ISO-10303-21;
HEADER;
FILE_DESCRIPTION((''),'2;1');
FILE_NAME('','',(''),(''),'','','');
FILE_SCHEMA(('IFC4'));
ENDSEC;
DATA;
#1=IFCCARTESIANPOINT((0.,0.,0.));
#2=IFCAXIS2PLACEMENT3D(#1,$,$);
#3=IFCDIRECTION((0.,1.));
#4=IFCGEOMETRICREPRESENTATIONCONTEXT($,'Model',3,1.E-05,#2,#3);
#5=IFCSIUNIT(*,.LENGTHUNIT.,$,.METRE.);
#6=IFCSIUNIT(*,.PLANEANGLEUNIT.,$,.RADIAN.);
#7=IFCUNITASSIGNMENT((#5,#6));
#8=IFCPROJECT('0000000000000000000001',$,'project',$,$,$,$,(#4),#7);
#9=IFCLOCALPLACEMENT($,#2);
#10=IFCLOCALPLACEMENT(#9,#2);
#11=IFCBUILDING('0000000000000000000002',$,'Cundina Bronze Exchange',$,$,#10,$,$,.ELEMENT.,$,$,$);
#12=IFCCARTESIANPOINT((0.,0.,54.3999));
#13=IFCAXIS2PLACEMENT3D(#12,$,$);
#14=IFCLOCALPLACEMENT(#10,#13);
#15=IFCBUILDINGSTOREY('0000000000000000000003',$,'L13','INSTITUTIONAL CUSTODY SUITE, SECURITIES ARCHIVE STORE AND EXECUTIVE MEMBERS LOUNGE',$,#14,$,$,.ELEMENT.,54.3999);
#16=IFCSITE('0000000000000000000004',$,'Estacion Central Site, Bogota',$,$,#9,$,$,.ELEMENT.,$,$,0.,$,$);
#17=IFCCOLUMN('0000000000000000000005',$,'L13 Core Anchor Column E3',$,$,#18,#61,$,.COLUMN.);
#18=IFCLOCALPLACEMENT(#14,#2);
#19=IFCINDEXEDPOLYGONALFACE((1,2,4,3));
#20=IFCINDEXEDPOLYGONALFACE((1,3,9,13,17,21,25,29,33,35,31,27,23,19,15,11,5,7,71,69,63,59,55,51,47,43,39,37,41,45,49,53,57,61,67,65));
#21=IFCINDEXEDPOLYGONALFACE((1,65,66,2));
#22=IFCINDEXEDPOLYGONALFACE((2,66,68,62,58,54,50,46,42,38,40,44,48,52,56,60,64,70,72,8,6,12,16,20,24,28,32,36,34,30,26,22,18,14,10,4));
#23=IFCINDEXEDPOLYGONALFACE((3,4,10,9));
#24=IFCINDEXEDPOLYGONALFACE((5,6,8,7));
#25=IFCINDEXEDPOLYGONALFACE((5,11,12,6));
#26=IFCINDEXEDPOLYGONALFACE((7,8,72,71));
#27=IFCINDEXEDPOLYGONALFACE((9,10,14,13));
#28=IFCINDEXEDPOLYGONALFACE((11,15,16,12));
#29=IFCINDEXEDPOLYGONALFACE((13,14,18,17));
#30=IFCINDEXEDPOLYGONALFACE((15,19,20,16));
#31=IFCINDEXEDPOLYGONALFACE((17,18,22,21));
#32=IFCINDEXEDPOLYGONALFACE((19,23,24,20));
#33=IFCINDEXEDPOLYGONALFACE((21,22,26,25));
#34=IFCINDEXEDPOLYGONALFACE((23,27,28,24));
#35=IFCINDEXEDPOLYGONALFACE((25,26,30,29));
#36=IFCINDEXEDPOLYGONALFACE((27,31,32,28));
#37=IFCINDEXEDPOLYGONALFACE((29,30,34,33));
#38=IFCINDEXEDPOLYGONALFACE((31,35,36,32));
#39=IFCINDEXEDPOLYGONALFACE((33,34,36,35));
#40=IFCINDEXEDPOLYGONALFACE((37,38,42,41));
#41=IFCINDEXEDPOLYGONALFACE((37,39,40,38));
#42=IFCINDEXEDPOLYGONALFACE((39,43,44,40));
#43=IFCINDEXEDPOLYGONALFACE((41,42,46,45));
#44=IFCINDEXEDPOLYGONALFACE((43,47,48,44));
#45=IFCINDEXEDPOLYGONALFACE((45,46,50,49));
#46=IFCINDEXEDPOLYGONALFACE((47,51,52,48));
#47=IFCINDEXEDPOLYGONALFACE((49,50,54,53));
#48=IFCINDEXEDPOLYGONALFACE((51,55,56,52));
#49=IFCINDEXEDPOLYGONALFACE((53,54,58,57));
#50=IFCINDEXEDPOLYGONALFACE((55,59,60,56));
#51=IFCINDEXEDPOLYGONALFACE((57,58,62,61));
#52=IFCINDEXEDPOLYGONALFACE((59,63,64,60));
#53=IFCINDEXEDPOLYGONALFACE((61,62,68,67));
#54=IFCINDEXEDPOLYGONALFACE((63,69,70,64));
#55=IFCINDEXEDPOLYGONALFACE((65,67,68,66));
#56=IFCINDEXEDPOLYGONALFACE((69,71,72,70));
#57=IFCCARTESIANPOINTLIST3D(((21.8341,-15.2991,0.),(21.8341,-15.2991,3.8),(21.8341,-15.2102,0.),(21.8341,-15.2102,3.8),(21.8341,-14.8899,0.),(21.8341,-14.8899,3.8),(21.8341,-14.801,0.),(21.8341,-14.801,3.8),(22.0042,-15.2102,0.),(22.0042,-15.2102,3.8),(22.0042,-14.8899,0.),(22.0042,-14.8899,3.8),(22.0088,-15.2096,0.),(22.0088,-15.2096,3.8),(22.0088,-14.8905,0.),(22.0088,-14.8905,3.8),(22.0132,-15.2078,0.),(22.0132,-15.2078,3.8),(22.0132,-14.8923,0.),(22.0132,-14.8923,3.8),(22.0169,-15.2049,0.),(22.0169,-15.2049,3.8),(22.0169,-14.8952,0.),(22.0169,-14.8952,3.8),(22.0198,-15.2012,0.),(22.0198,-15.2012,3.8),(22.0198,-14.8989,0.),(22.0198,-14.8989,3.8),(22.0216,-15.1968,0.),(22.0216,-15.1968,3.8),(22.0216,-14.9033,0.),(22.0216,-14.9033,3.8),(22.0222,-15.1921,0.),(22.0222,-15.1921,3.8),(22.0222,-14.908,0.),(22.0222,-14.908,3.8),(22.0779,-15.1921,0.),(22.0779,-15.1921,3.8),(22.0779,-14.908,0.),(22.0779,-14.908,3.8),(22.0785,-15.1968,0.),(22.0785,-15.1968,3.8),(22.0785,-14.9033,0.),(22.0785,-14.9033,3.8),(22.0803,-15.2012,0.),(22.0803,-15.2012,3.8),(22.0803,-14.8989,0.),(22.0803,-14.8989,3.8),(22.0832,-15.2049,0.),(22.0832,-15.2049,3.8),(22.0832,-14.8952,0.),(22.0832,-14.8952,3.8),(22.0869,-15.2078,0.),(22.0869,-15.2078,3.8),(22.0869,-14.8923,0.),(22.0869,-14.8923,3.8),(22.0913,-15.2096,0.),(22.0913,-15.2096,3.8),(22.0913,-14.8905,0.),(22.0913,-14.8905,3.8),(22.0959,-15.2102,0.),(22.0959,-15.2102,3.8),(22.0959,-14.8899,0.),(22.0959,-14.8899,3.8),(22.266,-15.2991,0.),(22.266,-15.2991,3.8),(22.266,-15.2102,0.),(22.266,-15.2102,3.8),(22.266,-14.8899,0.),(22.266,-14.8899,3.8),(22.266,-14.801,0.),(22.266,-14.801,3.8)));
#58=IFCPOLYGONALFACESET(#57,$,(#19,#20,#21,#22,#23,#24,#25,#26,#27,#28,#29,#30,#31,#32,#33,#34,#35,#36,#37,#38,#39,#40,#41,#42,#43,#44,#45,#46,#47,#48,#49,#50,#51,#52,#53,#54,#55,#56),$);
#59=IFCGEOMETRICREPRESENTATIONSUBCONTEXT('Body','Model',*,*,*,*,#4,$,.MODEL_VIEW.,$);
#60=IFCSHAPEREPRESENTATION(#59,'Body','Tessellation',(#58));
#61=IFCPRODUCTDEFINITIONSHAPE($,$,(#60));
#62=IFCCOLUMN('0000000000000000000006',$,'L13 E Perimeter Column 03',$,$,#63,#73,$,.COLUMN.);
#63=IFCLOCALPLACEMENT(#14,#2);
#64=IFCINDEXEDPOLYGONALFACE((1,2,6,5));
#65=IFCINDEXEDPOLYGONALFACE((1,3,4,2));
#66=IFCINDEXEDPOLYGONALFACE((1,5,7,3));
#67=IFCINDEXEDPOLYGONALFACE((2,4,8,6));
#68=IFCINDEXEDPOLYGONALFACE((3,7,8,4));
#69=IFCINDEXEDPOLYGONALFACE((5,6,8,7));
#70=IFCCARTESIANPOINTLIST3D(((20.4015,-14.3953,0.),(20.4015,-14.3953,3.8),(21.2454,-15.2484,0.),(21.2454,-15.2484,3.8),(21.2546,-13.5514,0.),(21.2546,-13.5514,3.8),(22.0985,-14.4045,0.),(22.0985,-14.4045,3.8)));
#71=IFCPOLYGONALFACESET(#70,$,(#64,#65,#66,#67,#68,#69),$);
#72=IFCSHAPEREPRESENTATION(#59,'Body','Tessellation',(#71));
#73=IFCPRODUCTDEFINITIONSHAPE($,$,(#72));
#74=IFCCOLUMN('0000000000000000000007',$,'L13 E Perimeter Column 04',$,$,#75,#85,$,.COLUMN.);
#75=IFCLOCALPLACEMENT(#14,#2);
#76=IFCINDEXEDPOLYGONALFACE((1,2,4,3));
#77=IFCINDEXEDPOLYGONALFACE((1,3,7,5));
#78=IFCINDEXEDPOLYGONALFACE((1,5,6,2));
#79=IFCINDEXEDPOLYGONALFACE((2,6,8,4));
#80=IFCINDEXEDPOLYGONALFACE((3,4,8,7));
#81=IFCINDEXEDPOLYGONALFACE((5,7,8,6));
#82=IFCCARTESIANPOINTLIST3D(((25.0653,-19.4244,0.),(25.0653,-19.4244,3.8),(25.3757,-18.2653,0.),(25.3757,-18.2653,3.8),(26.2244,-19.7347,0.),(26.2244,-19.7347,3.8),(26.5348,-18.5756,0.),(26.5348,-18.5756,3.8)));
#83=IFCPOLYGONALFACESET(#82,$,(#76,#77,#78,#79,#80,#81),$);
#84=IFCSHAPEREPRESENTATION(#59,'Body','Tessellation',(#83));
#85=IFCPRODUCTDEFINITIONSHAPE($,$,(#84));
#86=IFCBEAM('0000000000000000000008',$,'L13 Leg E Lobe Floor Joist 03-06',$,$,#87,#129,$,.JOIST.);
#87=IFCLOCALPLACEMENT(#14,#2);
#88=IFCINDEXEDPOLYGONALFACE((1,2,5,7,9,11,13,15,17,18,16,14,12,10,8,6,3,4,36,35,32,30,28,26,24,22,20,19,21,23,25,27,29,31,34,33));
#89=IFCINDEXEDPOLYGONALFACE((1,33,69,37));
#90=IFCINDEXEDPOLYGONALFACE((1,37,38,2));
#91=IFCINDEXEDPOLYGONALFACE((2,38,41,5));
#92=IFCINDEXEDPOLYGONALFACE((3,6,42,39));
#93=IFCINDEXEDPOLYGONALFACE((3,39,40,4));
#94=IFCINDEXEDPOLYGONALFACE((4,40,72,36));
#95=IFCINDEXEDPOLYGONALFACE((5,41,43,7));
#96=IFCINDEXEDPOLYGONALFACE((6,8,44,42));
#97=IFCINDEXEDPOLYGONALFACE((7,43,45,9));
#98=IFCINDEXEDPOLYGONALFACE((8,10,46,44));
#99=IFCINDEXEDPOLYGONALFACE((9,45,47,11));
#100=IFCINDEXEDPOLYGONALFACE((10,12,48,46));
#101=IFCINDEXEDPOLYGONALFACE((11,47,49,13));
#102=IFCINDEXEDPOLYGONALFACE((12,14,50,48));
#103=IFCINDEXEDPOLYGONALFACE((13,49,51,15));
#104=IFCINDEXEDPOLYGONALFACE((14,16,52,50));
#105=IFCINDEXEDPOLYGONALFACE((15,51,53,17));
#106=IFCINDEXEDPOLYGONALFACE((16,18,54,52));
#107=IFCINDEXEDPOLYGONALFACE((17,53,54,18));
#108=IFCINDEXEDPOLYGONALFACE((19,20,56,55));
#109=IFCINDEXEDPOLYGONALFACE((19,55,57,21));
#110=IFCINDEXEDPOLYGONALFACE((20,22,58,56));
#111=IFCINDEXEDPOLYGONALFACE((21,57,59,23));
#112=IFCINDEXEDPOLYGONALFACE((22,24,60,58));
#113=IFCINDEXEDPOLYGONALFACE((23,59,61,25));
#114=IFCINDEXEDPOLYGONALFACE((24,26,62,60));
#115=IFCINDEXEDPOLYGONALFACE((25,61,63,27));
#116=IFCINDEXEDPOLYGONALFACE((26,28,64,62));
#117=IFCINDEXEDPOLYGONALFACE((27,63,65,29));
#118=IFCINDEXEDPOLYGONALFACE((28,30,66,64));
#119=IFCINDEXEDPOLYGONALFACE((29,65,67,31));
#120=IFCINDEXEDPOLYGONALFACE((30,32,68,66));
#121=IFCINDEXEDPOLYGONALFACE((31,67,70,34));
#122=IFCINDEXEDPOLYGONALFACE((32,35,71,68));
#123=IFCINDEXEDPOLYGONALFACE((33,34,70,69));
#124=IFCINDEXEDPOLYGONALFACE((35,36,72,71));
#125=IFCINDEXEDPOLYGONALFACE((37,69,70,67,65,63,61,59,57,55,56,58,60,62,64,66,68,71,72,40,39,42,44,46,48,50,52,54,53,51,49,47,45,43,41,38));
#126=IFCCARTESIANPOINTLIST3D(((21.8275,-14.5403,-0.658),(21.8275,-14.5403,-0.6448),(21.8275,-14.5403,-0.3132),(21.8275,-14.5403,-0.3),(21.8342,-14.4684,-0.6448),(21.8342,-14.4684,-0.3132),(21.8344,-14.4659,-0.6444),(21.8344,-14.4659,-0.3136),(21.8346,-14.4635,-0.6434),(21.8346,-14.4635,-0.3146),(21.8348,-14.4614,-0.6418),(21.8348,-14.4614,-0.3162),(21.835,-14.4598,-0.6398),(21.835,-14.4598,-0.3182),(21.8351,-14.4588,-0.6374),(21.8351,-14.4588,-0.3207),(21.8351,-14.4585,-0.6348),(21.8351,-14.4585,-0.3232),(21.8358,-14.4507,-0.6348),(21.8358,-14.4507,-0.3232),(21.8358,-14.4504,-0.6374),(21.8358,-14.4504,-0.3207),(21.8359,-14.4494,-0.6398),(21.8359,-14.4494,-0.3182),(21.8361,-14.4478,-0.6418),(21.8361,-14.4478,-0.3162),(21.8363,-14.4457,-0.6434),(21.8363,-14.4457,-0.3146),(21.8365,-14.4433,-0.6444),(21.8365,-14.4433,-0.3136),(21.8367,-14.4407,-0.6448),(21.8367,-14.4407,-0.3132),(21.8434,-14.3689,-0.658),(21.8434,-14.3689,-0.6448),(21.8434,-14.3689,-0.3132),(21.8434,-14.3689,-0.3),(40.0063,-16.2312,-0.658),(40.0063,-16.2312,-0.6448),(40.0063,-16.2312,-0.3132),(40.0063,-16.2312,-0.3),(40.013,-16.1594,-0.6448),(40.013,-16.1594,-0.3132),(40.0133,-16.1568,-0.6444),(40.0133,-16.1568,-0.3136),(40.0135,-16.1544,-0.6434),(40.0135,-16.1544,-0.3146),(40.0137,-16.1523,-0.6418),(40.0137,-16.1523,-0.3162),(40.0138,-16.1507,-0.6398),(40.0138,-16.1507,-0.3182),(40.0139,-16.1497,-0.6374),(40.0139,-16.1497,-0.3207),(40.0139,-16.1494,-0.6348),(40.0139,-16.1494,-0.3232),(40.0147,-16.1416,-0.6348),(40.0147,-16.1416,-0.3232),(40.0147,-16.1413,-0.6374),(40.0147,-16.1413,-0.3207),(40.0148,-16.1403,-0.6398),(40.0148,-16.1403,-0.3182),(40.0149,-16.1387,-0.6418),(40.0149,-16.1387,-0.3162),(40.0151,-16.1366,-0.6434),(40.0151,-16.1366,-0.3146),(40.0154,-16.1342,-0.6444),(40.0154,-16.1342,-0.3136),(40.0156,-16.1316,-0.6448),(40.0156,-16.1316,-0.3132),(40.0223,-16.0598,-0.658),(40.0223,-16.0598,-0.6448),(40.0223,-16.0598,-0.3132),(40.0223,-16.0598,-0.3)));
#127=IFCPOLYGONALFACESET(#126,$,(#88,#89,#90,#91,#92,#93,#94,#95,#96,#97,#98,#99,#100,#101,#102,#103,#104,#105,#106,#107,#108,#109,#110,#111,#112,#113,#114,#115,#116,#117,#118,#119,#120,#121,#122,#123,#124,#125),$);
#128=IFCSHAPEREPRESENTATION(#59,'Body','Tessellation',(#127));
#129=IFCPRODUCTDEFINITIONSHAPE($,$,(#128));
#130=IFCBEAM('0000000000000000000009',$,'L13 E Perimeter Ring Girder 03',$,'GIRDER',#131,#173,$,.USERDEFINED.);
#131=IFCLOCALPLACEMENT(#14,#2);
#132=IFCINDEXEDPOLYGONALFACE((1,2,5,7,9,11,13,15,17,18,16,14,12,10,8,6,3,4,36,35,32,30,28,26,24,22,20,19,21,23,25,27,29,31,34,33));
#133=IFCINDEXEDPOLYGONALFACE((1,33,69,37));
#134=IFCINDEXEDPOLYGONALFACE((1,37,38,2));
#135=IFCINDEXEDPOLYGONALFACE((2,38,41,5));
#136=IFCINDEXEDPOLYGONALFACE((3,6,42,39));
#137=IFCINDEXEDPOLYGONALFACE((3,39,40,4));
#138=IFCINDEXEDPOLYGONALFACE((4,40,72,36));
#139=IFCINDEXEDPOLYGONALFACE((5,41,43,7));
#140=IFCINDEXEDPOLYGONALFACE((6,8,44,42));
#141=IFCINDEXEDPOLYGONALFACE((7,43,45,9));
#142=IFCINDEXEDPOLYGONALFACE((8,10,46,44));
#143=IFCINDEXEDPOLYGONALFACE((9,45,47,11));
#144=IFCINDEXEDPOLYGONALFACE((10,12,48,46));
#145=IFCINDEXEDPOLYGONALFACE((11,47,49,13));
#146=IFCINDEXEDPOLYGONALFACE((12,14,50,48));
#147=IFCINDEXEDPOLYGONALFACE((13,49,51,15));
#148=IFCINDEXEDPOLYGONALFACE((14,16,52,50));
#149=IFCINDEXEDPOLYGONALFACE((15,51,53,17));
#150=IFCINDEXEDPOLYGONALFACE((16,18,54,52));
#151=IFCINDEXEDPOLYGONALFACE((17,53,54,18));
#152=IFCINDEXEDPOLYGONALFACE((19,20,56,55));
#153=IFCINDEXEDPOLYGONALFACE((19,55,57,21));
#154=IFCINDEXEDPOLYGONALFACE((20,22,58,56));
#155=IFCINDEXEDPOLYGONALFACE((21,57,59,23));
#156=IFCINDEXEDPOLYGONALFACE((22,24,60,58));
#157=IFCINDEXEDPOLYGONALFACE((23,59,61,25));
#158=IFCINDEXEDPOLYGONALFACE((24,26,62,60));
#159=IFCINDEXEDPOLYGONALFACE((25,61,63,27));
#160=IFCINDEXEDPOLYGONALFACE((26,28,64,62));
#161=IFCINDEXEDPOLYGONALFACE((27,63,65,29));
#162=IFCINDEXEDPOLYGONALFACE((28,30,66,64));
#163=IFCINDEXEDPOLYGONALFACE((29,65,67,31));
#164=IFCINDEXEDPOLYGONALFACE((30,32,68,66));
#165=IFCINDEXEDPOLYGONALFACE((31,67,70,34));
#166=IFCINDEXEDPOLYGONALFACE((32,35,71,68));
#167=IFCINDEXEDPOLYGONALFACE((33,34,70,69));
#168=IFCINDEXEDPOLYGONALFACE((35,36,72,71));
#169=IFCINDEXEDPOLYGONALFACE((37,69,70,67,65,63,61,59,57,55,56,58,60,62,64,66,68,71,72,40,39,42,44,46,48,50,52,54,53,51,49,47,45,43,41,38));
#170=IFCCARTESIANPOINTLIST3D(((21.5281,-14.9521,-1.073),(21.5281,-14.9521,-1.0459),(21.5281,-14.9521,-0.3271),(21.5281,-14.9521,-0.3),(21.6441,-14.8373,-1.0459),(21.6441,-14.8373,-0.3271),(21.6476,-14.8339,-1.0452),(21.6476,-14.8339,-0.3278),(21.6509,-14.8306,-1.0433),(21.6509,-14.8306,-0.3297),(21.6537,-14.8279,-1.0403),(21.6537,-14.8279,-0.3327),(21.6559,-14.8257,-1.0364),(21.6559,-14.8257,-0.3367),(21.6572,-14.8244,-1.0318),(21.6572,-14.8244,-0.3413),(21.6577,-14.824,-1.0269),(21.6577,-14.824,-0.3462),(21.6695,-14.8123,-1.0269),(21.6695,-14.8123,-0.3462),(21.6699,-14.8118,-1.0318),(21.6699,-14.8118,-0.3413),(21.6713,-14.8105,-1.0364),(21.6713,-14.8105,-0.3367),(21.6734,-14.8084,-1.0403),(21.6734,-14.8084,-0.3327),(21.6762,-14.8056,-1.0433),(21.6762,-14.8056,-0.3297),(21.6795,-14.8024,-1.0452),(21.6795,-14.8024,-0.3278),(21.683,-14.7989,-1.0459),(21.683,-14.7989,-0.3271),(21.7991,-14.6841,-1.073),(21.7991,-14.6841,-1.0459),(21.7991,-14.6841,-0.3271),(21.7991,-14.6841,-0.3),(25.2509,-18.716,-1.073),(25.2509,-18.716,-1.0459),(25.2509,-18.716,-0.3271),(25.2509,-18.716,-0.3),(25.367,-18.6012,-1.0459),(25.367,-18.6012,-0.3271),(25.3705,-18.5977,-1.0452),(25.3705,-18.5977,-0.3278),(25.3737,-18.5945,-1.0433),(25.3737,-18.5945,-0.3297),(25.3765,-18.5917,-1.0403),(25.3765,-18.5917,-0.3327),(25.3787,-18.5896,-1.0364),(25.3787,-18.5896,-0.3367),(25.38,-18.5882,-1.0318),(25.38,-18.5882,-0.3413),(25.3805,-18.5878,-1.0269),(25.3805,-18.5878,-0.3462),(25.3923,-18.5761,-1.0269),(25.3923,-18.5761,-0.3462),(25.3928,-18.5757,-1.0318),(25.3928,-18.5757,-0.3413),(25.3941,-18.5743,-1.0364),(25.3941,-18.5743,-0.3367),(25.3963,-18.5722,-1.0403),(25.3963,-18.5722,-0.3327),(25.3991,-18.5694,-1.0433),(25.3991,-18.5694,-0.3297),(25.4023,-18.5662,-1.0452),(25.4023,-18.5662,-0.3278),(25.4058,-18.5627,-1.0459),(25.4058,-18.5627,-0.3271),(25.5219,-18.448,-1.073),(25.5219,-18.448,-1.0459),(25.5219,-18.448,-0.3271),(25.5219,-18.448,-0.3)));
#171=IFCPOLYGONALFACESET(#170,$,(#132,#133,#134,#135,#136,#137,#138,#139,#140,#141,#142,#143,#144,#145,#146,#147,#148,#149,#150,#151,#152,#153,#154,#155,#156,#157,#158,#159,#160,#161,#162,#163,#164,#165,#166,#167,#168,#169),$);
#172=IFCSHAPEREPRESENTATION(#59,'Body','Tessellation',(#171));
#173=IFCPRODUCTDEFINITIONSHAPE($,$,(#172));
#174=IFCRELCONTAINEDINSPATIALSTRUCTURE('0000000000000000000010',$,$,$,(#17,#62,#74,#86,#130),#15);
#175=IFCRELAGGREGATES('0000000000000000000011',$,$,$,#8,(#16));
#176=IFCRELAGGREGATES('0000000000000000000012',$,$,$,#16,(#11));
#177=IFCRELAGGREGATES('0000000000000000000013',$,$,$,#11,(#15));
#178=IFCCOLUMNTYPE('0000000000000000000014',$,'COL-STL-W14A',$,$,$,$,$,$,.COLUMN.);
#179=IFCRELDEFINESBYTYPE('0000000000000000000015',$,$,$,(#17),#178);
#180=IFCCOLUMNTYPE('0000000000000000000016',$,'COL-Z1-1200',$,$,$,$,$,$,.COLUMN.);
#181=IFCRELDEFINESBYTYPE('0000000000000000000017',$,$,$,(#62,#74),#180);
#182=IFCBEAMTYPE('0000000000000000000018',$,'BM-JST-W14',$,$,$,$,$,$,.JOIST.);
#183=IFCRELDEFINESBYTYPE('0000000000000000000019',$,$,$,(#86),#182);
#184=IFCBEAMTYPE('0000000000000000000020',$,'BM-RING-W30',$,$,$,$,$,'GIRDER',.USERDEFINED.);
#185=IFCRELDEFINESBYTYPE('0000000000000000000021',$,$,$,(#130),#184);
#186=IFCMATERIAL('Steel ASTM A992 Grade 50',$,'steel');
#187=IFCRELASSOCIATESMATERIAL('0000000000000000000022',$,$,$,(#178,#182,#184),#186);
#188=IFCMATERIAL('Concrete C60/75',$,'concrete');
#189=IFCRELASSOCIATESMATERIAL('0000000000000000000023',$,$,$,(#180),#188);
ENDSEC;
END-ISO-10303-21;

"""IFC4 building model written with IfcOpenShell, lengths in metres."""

from ifc_helpers import new_model, si_unit, direction, frame, origin, origin_2d, place, context, subcontext, project, spatial, rectangle, i_section, extrude, material, material_profile, profile_set, type_object, element, save


model = new_model("IFC4")

# Units and contexts
model_context = context("Model", 3, precision=1e-05, world=origin(), true_north=direction((0.0, 1.0)))
body_context = subcontext(model_context, "Body", "Model", "MODEL_VIEW")
ifc_project = project(units=[si_unit("LENGTHUNIT", "METRE"), si_unit("PLANEANGLEUNIT", "RADIAN")], contexts=[model_context])

# Site, building, storey
site_placement = place(None, origin())
site = spatial("IfcSite", under=ifc_project, at=site_placement, Name="Estacion Central Site, Bogota", CompositionType="ELEMENT", RefElevation=0.0)
building_placement = place(site_placement, origin())
building = spatial("IfcBuilding", under=site, at=building_placement, Name="Cundina Bronze Exchange", CompositionType="ELEMENT")
storey_placement = place(building_placement, frame((0.0, 0.0, 54.3999)))
storey = spatial("IfcBuildingStorey", under=building, at=storey_placement, Name="L13", Description="INSTITUTIONAL CUSTODY SUITE, SECURITIES ARCHIVE STORE AND EXECUTIVE MEMBERS LOUNGE", CompositionType="ELEMENT", Elevation=54.3999)

# Columns
ifc_material_1 = material(Name="Steel ASTM A992 Grade 50", Category="steel")
ifc_material_profile_1 = material_profile(ifc_material_1, i_section(OverallWidth=0.4319, OverallDepth=0.498, WebThickness=0.0557, FlangeThickness=0.0889, FilletRadius=0.0181, at=origin_2d()), Name="W14X500", Category="steel")
ifc_profile_set_1 = profile_set([ifc_material_profile_1], Name="Steel ASTM A992 Grade 50")
column_type_1 = type_object("IfcColumnType", Name="COL-STL-W14A", PredefinedType="COLUMN", material=ifc_profile_set_1)
column_placement = place(storey_placement, frame((22.05, -15.05, 0.0), z_axis=(0.0, 0.0, 1.0), x_axis=(1.0, 0.0, 0.0)))
element("IfcColumn", 1, at=column_placement, inside=storey, type_object=column_type_1, Name="L13 Core Anchor Column E3", PredefinedType="COLUMN", context=body_context, shape_type="SweptSolid", body=[
    extrude(i_section(OverallWidth=0.4319, OverallDepth=0.498, WebThickness=0.0557, FlangeThickness=0.0889, FilletRadius=0.0181, at=origin_2d()), origin(), (0.0, 0.0, 1.0), 3.8),
])
ifc_material_2 = material(Name="Concrete C60/75", Category="concrete")
ifc_material_profile_2 = material_profile(ifc_material_2, rectangle(XDim=1.2, YDim=1.2, at=origin_2d()), Name="RC1200X1200", Category="concrete")
ifc_profile_set_2 = profile_set([ifc_material_profile_2], Name="Concrete C60/75")
column_type_2 = type_object("IfcColumnType", Name="COL-Z1-1200", PredefinedType="COLUMN", material=ifc_profile_set_2)
for number, where, z_axis, x_axis, name in (
    (2, (21.25, -14.3999, 0.0), (0.0, 0.0, 1.0), (0.703271, -0.710922, 0.0), "L13 E Perimeter Column 03"),
    (3, (25.8, -19.0, 0.0), (0.0, 0.0, 1.0), (0.965971, -0.25865, 0.0), "L13 E Perimeter Column 04"),
):
    element("IfcColumn", number, at=place(storey_placement, frame(where, z_axis=z_axis, x_axis=x_axis)), inside=storey, type_object=column_type_2, Name=name, PredefinedType="COLUMN", context=body_context, shape_type="SweptSolid", body=[
        extrude(rectangle(XDim=1.2, YDim=1.2, at=origin_2d()), origin(), (0.0, 0.0, 1.0), 3.8),
    ])

# Beams
ifc_material_profile_3 = material_profile(ifc_material_1, i_section(OverallWidth=0.1721, OverallDepth=0.3579, WebThickness=0.0078, FlangeThickness=0.0132, FilletRadius=0.01, at=origin_2d()), Name="W14X38", Category="steel")
ifc_profile_set_3 = profile_set([ifc_material_profile_3], Name="Steel ASTM A992 Grade 50")
beam_type_1 = type_object("IfcBeamType", Name="BM-JST-W14", PredefinedType="JOIST", material=ifc_profile_set_3)
beam_1_placement = place(storey_placement, frame((21.8354, -14.4546, -0.479), z_axis=(0.995702, -0.092615, 0.0), x_axis=(0.092615, 0.995702, 0.0)))
element("IfcBeam", 4, at=beam_1_placement, inside=storey, type_object=beam_type_1, Name="L13 Leg E Lobe Floor Joist 03-06", PredefinedType="JOIST", context=body_context, shape_type="SweptSolid", body=[
    extrude(i_section(OverallWidth=0.1721, OverallDepth=0.3579, WebThickness=0.0078, FlangeThickness=0.0132, FilletRadius=0.01, at=origin_2d()), origin(), (0.0, 0.0, 1.0), 18.2573),
])
ifc_material_profile_4 = material_profile(ifc_material_1, i_section(OverallWidth=0.3811, OverallDepth=0.7729, WebThickness=0.0166, FlangeThickness=0.0271, FilletRadius=0.019, at=origin_2d()), Name="W30X173", Category="steel")
ifc_profile_set_4 = profile_set([ifc_material_profile_4], Name="Steel ASTM A992 Grade 50")
beam_type_2 = type_object("IfcBeamType", Name="BM-RING-W30", ElementType="GIRDER", PredefinedType="USERDEFINED", material=ifc_profile_set_4)
beam_2_placement = place(storey_placement, frame((21.6636, -14.8181, -0.6865), z_axis=(0.703222, -0.71097, 0.0), x_axis=(0.71097, 0.703222, 0.0)))
element("IfcBeam", 5, at=beam_2_placement, inside=storey, type_object=beam_type_2, Name="L13 E Perimeter Ring Girder 03", ObjectType="GIRDER", PredefinedType="USERDEFINED", context=body_context, shape_type="SweptSolid", body=[
    extrude(i_section(OverallWidth=0.3811, OverallDepth=0.7729, WebThickness=0.0166, FlangeThickness=0.0271, FilletRadius=0.019, at=origin_2d()), origin(), (0.0, 0.0, 1.0), 5.2939),
])

save(model, "model.ifc")
